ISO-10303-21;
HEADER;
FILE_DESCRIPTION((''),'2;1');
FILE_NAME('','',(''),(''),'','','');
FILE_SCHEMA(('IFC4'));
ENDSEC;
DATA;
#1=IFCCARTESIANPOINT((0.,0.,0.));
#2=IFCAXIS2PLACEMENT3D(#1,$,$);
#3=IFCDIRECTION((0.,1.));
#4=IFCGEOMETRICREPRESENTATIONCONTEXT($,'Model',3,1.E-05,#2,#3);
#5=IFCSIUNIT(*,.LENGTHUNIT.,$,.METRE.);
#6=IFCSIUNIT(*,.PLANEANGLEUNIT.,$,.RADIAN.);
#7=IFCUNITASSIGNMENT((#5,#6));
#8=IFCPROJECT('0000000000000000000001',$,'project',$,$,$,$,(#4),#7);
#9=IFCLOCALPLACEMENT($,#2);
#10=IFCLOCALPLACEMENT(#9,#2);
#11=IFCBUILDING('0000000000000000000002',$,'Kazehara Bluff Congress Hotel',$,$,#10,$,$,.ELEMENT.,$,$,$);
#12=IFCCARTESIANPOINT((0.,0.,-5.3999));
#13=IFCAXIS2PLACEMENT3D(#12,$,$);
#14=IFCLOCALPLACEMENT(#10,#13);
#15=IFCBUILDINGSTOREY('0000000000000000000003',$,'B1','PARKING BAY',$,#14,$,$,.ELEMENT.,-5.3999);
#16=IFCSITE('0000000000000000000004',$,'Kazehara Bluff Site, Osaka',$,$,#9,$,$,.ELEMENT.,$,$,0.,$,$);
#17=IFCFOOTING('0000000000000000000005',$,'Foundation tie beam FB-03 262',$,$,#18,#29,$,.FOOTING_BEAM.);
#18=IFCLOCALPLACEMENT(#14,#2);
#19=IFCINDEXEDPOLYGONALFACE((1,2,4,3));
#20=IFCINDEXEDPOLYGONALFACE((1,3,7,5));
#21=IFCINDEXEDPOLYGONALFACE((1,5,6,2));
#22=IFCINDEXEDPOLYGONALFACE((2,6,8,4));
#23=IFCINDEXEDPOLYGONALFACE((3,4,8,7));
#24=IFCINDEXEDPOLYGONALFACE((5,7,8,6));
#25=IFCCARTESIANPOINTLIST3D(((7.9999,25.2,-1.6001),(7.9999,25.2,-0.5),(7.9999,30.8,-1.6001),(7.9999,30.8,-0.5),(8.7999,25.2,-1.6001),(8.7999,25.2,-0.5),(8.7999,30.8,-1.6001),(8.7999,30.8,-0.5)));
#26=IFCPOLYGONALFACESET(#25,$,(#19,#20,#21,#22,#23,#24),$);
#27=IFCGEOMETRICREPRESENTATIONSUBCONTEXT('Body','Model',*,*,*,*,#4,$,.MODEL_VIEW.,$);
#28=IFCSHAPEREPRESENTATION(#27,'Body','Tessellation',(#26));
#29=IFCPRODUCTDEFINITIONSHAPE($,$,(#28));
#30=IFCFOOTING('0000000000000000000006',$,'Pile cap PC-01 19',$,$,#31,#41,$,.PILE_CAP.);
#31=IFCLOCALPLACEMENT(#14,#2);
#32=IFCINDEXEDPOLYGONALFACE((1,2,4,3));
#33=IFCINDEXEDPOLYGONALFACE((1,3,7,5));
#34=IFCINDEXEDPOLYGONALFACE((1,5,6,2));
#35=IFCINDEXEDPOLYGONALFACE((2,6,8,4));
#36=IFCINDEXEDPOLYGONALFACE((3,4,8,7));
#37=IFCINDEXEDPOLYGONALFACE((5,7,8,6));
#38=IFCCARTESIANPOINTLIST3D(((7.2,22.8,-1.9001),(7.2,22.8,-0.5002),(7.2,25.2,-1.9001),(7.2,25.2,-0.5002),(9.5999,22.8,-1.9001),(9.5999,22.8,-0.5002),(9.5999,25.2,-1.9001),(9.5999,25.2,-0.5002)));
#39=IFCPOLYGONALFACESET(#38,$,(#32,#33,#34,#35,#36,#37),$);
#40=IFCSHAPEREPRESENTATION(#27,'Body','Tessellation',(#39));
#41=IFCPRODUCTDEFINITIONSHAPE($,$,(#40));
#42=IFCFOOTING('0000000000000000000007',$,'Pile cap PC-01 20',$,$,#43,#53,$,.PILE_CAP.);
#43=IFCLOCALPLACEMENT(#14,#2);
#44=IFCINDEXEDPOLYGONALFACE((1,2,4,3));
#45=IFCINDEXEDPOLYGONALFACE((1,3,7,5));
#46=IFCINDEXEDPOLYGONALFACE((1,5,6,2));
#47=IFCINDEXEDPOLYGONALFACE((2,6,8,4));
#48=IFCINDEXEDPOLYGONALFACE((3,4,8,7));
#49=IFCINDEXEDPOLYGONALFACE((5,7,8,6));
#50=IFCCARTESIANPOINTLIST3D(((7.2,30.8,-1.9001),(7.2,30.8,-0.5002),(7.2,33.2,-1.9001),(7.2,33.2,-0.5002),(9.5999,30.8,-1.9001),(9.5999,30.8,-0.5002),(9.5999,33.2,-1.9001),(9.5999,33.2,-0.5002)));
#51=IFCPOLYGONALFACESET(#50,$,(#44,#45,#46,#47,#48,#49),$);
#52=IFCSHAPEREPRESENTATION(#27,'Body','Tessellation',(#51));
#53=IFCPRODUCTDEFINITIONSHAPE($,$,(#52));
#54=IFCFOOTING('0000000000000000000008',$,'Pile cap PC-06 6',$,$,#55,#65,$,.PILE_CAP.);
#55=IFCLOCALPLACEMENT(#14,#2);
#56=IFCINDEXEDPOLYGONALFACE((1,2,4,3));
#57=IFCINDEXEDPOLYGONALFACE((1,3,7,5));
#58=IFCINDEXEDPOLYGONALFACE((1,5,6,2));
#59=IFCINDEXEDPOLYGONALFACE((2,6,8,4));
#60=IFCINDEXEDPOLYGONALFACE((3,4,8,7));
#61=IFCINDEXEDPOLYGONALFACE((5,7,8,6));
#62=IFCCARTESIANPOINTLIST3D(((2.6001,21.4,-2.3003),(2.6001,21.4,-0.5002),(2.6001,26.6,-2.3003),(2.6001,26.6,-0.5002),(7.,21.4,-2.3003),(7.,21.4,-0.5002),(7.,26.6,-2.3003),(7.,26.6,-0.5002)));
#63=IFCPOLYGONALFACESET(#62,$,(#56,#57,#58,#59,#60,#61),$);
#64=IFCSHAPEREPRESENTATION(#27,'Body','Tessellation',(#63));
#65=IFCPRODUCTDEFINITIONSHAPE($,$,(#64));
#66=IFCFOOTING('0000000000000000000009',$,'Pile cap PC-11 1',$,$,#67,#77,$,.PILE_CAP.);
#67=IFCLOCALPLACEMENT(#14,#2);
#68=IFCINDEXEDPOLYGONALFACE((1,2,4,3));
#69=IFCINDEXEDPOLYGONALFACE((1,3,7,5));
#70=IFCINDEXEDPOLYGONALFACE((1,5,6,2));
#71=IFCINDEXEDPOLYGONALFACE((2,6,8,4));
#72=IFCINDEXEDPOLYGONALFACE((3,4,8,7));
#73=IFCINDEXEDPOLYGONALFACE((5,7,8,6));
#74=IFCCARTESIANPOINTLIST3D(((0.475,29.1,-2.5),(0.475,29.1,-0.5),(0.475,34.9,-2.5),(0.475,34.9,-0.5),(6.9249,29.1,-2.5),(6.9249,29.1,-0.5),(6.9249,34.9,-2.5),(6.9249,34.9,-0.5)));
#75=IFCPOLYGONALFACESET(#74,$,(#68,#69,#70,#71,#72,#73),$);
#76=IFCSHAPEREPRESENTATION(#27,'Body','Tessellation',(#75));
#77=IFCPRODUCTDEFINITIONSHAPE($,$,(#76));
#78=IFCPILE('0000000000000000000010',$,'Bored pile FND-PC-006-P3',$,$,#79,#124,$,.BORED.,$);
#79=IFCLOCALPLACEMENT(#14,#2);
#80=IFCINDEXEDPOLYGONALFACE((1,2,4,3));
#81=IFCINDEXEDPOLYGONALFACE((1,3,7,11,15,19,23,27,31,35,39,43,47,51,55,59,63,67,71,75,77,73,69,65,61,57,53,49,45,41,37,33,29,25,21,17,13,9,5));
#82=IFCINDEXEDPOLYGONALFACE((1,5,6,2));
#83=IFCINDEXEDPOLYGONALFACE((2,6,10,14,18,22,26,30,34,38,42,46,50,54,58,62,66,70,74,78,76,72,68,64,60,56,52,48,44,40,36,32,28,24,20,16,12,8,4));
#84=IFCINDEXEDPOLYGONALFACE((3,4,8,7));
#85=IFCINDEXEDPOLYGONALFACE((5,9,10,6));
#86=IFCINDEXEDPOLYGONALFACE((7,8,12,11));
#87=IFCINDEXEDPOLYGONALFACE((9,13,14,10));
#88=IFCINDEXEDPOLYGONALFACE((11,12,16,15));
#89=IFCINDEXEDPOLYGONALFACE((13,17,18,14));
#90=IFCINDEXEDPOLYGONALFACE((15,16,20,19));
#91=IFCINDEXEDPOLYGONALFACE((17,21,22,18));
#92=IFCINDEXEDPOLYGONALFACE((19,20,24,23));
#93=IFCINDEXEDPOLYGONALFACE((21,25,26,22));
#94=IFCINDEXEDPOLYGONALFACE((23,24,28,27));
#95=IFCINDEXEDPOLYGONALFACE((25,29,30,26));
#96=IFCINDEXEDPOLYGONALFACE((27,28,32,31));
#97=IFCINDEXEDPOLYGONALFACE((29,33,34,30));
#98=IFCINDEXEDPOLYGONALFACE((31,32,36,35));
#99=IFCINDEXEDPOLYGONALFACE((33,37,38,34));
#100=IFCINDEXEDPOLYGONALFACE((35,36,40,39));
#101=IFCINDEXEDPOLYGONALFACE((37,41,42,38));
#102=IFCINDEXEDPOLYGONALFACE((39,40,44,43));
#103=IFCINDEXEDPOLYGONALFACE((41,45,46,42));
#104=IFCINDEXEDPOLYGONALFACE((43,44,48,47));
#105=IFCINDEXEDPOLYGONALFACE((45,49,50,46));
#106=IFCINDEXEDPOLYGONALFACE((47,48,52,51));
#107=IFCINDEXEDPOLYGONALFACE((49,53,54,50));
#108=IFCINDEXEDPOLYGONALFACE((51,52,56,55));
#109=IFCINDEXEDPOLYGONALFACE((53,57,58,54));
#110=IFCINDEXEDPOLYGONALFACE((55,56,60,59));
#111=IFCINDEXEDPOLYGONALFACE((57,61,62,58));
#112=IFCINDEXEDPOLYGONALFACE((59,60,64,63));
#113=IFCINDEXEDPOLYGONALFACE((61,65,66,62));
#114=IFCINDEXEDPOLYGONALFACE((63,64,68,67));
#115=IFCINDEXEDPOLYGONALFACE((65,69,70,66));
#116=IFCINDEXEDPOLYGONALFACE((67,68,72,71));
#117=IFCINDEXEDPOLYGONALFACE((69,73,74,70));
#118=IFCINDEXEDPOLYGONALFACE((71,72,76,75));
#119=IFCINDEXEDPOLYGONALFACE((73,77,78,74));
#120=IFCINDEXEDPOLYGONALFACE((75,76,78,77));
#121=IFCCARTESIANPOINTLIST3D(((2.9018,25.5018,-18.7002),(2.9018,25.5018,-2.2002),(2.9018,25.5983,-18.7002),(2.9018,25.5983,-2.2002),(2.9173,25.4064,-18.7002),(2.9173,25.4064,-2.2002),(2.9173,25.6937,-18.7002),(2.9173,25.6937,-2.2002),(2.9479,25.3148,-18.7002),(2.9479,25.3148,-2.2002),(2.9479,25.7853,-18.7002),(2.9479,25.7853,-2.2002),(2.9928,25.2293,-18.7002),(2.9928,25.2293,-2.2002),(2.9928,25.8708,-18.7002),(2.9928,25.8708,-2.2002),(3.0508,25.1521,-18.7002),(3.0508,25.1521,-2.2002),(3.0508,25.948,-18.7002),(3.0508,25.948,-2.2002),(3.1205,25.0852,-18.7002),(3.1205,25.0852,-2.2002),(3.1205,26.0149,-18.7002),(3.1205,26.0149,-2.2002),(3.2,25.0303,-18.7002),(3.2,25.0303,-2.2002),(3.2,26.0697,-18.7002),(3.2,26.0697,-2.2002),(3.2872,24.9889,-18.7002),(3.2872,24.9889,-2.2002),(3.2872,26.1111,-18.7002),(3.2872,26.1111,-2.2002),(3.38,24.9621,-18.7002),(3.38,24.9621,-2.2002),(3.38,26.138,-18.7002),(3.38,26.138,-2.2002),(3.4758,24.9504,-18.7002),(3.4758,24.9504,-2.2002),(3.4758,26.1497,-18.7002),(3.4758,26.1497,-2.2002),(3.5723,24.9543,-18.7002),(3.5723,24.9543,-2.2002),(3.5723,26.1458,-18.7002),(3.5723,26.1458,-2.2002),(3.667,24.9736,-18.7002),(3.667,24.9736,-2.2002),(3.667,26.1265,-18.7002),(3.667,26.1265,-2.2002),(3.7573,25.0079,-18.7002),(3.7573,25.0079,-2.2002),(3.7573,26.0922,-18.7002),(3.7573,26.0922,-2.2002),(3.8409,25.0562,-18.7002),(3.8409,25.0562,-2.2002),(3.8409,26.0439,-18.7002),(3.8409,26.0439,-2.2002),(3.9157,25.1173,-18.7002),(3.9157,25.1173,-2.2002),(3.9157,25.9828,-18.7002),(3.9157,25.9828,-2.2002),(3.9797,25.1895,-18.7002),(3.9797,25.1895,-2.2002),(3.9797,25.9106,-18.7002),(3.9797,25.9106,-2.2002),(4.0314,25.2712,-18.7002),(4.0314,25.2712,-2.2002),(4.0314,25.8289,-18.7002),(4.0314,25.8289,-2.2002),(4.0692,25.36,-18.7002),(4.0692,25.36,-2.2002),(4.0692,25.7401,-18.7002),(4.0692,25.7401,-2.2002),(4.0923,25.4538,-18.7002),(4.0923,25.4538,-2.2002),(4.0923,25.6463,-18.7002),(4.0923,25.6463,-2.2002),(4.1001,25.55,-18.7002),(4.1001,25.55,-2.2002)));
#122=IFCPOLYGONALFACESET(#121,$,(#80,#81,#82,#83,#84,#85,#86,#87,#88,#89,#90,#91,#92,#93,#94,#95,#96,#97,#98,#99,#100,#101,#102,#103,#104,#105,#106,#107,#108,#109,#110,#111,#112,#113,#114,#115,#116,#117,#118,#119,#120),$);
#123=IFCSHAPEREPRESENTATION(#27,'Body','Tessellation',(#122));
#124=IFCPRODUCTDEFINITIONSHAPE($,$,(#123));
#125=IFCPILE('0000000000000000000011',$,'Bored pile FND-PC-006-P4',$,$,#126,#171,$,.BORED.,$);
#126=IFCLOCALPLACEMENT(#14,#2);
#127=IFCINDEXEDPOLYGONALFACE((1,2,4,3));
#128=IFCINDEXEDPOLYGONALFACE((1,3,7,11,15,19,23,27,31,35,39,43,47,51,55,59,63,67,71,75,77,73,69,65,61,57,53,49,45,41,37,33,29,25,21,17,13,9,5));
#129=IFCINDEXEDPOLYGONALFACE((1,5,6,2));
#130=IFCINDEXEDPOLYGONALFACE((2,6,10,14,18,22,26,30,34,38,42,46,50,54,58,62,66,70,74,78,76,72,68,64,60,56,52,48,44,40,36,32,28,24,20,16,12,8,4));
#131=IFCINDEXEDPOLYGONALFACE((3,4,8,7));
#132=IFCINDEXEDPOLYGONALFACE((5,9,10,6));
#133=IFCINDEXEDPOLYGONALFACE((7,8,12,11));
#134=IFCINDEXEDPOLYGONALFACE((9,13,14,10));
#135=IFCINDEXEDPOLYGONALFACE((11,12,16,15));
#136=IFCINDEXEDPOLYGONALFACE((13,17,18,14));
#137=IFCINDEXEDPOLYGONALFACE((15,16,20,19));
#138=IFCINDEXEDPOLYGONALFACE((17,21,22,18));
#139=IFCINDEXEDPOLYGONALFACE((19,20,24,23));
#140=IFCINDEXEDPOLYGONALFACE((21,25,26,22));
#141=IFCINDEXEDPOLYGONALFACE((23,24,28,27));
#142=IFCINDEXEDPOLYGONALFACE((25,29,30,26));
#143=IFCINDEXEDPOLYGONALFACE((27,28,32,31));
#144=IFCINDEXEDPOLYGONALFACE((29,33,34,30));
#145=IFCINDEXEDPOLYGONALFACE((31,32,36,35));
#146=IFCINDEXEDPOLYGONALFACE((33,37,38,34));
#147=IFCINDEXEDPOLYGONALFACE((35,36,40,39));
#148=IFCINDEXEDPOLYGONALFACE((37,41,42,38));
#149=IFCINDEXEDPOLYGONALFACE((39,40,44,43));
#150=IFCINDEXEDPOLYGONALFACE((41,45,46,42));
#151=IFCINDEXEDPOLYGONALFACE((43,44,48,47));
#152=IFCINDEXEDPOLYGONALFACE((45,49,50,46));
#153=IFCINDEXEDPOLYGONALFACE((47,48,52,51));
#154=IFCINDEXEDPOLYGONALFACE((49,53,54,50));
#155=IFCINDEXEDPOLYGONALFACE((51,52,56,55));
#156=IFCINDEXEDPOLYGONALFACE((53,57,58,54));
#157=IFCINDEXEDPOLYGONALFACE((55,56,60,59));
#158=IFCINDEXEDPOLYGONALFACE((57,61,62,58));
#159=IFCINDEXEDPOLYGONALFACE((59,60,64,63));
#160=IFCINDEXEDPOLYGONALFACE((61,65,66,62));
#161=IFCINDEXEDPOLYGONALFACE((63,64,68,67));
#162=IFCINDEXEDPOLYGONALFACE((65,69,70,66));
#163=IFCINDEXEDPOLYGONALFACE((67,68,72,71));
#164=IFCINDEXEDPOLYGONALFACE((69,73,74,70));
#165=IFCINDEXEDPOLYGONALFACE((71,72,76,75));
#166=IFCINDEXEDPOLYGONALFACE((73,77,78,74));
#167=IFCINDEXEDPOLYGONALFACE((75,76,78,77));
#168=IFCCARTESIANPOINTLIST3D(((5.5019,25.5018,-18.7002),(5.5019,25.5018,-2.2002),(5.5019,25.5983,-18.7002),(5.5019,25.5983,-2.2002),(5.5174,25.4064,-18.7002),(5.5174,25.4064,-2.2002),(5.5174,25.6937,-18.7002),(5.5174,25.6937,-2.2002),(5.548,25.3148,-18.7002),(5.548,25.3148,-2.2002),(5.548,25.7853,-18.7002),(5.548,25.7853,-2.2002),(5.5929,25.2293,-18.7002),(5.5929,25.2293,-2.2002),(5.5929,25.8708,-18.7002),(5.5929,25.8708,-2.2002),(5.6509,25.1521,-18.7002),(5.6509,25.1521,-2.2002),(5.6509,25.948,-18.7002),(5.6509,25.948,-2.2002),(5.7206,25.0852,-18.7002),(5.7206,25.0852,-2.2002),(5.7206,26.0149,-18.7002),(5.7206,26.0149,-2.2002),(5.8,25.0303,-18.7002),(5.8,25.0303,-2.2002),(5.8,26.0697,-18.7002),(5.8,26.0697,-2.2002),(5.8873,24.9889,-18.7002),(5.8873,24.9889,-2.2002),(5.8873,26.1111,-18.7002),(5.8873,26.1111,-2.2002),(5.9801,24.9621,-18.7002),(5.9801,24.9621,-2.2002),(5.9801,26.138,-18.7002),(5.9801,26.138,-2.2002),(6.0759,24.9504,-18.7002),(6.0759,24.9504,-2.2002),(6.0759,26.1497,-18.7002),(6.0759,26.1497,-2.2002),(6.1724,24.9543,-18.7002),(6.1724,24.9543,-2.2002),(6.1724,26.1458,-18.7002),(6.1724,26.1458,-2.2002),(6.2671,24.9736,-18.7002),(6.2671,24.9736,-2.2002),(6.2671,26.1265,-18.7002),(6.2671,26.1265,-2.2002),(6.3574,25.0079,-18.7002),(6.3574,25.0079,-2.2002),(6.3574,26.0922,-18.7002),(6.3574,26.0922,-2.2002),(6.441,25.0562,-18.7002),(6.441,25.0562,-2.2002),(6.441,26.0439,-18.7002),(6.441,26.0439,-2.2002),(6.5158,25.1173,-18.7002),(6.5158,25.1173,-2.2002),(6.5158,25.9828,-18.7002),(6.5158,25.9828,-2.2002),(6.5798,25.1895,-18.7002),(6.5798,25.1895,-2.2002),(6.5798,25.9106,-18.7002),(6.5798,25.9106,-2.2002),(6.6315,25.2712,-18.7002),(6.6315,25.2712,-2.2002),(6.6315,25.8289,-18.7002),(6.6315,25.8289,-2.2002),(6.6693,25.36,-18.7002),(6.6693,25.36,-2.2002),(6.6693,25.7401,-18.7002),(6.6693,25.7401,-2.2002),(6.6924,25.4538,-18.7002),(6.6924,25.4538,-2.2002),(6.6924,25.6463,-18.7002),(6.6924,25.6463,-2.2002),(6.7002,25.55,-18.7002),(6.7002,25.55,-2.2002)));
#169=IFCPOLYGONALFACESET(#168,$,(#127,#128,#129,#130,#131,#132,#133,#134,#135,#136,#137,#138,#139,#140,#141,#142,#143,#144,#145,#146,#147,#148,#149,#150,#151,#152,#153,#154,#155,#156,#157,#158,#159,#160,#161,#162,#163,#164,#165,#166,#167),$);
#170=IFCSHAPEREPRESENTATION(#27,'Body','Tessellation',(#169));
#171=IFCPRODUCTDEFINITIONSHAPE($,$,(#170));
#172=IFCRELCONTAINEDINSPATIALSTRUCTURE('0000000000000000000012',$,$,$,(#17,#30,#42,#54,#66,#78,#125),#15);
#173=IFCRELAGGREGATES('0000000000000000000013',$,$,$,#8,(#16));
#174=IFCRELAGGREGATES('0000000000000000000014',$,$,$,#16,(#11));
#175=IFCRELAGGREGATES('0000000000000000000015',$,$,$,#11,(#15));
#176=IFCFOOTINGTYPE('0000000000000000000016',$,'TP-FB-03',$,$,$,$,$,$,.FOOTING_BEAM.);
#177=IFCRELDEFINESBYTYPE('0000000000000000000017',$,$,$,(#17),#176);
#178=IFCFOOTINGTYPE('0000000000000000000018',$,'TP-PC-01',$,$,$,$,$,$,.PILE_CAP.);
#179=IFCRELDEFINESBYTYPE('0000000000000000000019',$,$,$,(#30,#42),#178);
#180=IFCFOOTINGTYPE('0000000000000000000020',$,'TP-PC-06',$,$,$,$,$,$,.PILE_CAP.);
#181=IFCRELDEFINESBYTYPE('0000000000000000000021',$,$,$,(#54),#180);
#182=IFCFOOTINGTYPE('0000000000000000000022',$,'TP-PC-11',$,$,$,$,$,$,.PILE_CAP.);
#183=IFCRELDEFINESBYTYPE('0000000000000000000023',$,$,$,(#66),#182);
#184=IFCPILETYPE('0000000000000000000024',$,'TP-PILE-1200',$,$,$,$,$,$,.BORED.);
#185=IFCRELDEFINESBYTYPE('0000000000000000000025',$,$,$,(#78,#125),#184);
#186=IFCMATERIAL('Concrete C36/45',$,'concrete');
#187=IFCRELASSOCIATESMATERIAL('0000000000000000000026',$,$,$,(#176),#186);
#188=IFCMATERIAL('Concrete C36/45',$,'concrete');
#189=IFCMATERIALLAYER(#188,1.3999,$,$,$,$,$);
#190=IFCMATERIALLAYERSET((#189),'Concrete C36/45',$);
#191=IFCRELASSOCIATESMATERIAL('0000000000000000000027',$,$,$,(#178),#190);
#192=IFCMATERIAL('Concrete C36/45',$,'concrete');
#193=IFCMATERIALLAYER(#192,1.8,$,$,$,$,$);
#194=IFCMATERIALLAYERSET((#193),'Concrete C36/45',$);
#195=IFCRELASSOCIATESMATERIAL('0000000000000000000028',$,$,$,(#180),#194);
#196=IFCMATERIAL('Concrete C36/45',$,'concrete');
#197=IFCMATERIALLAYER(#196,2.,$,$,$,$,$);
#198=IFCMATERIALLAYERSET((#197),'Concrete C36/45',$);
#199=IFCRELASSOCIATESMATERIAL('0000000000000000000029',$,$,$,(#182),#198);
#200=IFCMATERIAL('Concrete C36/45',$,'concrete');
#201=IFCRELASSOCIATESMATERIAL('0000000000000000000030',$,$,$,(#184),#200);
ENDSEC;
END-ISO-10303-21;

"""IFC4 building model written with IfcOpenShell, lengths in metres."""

from ifc_helpers import new_model, si_unit, direction, frame, origin, origin_2d, place, context, subcontext, project, spatial, rectangle, circle, extrude, material, layer, layer_set, material_profile, profile_set, type_object, element, save


model = new_model("IFC4")

# Units and contexts
model_context = context("Model", 3, precision=1e-05, world=origin(), true_north=direction((0.0, 1.0)))
body_context = subcontext(model_context, "Body", "Model", "MODEL_VIEW")
ifc_project = project(units=[si_unit("LENGTHUNIT", "METRE"), si_unit("PLANEANGLEUNIT", "RADIAN")], contexts=[model_context])

# Site, building, storey
site_placement = place(None, origin())
site = spatial("IfcSite", under=ifc_project, at=site_placement, Name="Kazehara Bluff Site, Osaka", CompositionType="ELEMENT", RefElevation=0.0)
building_placement = place(site_placement, origin())
building = spatial("IfcBuilding", under=site, at=building_placement, Name="Kazehara Bluff Congress Hotel", CompositionType="ELEMENT")
storey_placement = place(building_placement, frame((0.0, 0.0, -5.3999)))
storey = spatial("IfcBuildingStorey", under=building, at=storey_placement, Name="B1", Description="PARKING BAY", CompositionType="ELEMENT", Elevation=-5.3999)

# Footings
ifc_material_1 = material(Name="Concrete C36/45", Category="concrete")
ifc_material_profile_1 = material_profile(ifc_material_1, rectangle(XDim=0.8, YDim=1.1001, at=origin_2d()))
ifc_profile_set_1 = profile_set([ifc_material_profile_1], Name="Concrete C36/45")
footing_type_1 = type_object("IfcFootingType", Name="TP-FB-03", PredefinedType="FOOTING_BEAM", material=ifc_profile_set_1)
footing_1_placement = place(storey_placement, frame((8.3999, 25.2, -1.05), z_axis=(0.0, 1.0, 0.0), x_axis=(-1.0, 0.0, 0.0)))
element("IfcFooting", 1, at=footing_1_placement, inside=storey, type_object=footing_type_1, Name="Foundation tie beam FB-03 262", PredefinedType="FOOTING_BEAM", context=body_context, shape_type="SweptSolid", body=[
    extrude(rectangle(XDim=0.8, YDim=1.1001, at=origin_2d()), origin(), (0.0, 0.0, 1.0), 5.6001),
])
ifc_material_2 = material(Name="Concrete C36/45", Category="concrete")
ifc_layer_1 = layer(ifc_material_2, 1.3999)
ifc_layer_set_1 = layer_set([ifc_layer_1], Name="Concrete C36/45")
footing_type_2 = type_object("IfcFootingType", Name="TP-PC-01", PredefinedType="PILE_CAP", material=ifc_layer_set_1)
for number, where, z_axis, x_axis, name in (
    (2, (8.3999, 24.0, -1.9001), (0.0, 0.0, 1.0), (1.0, 0.0, 0.0), "Pile cap PC-01 19"),
    (3, (8.3999, 32.0, -1.9001), (0.0, 0.0, 1.0), (1.0, 0.0, 0.0), "Pile cap PC-01 20"),
):
    element("IfcFooting", number, at=place(storey_placement, frame(where, z_axis=z_axis, x_axis=x_axis)), inside=storey, type_object=footing_type_2, Name=name, PredefinedType="PILE_CAP", context=body_context, shape_type="SweptSolid", body=[
        extrude(rectangle(XDim=2.3999, YDim=2.3999, at=origin_2d()), origin(), (0.0, 0.0, 1.0), 1.3999),
    ])
ifc_material_3 = material(Name="Concrete C36/45", Category="concrete")
ifc_layer_2 = layer(ifc_material_3, 1.8)
ifc_layer_set_2 = layer_set([ifc_layer_2], Name="Concrete C36/45")
footing_type_3 = type_object("IfcFootingType", Name="TP-PC-06", PredefinedType="PILE_CAP", material=ifc_layer_set_2)
footing_2_placement = place(storey_placement, frame((4.8, 24.0, -2.3003), z_axis=(0.0, 0.0, 1.0), x_axis=(1.0, 0.0, 0.0)))
element("IfcFooting", 4, at=footing_2_placement, inside=storey, type_object=footing_type_3, Name="Pile cap PC-06 6", PredefinedType="PILE_CAP", context=body_context, shape_type="SweptSolid", body=[
    extrude(rectangle(XDim=4.3999, YDim=5.2, at=origin_2d()), origin(), (0.0, 0.0, 1.0), 1.8),
])
ifc_material_4 = material(Name="Concrete C36/45", Category="concrete")
ifc_layer_3 = layer(ifc_material_4, 2.0)
ifc_layer_set_3 = layer_set([ifc_layer_3], Name="Concrete C36/45")
footing_type_4 = type_object("IfcFootingType", Name="TP-PC-11", PredefinedType="PILE_CAP", material=ifc_layer_set_3)
footing_3_placement = place(storey_placement, frame((3.7, 32.0, -2.5), z_axis=(0.0, 0.0, 1.0), x_axis=(1.0, 0.0, 0.0)))
element("IfcFooting", 5, at=footing_3_placement, inside=storey, type_object=footing_type_4, Name="Pile cap PC-11 1", PredefinedType="PILE_CAP", context=body_context, shape_type="SweptSolid", body=[
    extrude(rectangle(XDim=6.45, YDim=5.8, at=origin_2d()), origin(), (0.0, 0.0, 1.0), 2.0),
])

# Piles
ifc_material_5 = material(Name="Concrete C36/45", Category="concrete")
ifc_material_profile_2 = material_profile(ifc_material_5, circle(Radius=0.6001, at=origin_2d()))
ifc_profile_set_2 = profile_set([ifc_material_profile_2], Name="Concrete C36/45")
pile_type_1 = type_object("IfcPileType", Name="TP-PILE-1200", PredefinedType="BORED", material=ifc_profile_set_2)
for number, where, z_axis, x_axis, name in (
    (6, (3.5, 25.55, -2.2002), (0.0, 0.0, -1.0), (1.0, 0.0, 0.0), "Bored pile FND-PC-006-P3"),
    (7, (6.1001, 25.55, -2.2002), (0.0, 0.0, -1.0), (1.0, 0.0, 0.0), "Bored pile FND-PC-006-P4"),
):
    element("IfcPile", number, at=place(storey_placement, frame(where, z_axis=z_axis, x_axis=x_axis)), inside=storey, type_object=pile_type_1, Name=name, PredefinedType="BORED", context=body_context, shape_type="SweptSolid", body=[
        extrude(circle(Radius=0.6001, at=origin_2d()), origin(), (0.0, 0.0, 1.0), 16.5),
    ])

save(model, "model.ifc")
